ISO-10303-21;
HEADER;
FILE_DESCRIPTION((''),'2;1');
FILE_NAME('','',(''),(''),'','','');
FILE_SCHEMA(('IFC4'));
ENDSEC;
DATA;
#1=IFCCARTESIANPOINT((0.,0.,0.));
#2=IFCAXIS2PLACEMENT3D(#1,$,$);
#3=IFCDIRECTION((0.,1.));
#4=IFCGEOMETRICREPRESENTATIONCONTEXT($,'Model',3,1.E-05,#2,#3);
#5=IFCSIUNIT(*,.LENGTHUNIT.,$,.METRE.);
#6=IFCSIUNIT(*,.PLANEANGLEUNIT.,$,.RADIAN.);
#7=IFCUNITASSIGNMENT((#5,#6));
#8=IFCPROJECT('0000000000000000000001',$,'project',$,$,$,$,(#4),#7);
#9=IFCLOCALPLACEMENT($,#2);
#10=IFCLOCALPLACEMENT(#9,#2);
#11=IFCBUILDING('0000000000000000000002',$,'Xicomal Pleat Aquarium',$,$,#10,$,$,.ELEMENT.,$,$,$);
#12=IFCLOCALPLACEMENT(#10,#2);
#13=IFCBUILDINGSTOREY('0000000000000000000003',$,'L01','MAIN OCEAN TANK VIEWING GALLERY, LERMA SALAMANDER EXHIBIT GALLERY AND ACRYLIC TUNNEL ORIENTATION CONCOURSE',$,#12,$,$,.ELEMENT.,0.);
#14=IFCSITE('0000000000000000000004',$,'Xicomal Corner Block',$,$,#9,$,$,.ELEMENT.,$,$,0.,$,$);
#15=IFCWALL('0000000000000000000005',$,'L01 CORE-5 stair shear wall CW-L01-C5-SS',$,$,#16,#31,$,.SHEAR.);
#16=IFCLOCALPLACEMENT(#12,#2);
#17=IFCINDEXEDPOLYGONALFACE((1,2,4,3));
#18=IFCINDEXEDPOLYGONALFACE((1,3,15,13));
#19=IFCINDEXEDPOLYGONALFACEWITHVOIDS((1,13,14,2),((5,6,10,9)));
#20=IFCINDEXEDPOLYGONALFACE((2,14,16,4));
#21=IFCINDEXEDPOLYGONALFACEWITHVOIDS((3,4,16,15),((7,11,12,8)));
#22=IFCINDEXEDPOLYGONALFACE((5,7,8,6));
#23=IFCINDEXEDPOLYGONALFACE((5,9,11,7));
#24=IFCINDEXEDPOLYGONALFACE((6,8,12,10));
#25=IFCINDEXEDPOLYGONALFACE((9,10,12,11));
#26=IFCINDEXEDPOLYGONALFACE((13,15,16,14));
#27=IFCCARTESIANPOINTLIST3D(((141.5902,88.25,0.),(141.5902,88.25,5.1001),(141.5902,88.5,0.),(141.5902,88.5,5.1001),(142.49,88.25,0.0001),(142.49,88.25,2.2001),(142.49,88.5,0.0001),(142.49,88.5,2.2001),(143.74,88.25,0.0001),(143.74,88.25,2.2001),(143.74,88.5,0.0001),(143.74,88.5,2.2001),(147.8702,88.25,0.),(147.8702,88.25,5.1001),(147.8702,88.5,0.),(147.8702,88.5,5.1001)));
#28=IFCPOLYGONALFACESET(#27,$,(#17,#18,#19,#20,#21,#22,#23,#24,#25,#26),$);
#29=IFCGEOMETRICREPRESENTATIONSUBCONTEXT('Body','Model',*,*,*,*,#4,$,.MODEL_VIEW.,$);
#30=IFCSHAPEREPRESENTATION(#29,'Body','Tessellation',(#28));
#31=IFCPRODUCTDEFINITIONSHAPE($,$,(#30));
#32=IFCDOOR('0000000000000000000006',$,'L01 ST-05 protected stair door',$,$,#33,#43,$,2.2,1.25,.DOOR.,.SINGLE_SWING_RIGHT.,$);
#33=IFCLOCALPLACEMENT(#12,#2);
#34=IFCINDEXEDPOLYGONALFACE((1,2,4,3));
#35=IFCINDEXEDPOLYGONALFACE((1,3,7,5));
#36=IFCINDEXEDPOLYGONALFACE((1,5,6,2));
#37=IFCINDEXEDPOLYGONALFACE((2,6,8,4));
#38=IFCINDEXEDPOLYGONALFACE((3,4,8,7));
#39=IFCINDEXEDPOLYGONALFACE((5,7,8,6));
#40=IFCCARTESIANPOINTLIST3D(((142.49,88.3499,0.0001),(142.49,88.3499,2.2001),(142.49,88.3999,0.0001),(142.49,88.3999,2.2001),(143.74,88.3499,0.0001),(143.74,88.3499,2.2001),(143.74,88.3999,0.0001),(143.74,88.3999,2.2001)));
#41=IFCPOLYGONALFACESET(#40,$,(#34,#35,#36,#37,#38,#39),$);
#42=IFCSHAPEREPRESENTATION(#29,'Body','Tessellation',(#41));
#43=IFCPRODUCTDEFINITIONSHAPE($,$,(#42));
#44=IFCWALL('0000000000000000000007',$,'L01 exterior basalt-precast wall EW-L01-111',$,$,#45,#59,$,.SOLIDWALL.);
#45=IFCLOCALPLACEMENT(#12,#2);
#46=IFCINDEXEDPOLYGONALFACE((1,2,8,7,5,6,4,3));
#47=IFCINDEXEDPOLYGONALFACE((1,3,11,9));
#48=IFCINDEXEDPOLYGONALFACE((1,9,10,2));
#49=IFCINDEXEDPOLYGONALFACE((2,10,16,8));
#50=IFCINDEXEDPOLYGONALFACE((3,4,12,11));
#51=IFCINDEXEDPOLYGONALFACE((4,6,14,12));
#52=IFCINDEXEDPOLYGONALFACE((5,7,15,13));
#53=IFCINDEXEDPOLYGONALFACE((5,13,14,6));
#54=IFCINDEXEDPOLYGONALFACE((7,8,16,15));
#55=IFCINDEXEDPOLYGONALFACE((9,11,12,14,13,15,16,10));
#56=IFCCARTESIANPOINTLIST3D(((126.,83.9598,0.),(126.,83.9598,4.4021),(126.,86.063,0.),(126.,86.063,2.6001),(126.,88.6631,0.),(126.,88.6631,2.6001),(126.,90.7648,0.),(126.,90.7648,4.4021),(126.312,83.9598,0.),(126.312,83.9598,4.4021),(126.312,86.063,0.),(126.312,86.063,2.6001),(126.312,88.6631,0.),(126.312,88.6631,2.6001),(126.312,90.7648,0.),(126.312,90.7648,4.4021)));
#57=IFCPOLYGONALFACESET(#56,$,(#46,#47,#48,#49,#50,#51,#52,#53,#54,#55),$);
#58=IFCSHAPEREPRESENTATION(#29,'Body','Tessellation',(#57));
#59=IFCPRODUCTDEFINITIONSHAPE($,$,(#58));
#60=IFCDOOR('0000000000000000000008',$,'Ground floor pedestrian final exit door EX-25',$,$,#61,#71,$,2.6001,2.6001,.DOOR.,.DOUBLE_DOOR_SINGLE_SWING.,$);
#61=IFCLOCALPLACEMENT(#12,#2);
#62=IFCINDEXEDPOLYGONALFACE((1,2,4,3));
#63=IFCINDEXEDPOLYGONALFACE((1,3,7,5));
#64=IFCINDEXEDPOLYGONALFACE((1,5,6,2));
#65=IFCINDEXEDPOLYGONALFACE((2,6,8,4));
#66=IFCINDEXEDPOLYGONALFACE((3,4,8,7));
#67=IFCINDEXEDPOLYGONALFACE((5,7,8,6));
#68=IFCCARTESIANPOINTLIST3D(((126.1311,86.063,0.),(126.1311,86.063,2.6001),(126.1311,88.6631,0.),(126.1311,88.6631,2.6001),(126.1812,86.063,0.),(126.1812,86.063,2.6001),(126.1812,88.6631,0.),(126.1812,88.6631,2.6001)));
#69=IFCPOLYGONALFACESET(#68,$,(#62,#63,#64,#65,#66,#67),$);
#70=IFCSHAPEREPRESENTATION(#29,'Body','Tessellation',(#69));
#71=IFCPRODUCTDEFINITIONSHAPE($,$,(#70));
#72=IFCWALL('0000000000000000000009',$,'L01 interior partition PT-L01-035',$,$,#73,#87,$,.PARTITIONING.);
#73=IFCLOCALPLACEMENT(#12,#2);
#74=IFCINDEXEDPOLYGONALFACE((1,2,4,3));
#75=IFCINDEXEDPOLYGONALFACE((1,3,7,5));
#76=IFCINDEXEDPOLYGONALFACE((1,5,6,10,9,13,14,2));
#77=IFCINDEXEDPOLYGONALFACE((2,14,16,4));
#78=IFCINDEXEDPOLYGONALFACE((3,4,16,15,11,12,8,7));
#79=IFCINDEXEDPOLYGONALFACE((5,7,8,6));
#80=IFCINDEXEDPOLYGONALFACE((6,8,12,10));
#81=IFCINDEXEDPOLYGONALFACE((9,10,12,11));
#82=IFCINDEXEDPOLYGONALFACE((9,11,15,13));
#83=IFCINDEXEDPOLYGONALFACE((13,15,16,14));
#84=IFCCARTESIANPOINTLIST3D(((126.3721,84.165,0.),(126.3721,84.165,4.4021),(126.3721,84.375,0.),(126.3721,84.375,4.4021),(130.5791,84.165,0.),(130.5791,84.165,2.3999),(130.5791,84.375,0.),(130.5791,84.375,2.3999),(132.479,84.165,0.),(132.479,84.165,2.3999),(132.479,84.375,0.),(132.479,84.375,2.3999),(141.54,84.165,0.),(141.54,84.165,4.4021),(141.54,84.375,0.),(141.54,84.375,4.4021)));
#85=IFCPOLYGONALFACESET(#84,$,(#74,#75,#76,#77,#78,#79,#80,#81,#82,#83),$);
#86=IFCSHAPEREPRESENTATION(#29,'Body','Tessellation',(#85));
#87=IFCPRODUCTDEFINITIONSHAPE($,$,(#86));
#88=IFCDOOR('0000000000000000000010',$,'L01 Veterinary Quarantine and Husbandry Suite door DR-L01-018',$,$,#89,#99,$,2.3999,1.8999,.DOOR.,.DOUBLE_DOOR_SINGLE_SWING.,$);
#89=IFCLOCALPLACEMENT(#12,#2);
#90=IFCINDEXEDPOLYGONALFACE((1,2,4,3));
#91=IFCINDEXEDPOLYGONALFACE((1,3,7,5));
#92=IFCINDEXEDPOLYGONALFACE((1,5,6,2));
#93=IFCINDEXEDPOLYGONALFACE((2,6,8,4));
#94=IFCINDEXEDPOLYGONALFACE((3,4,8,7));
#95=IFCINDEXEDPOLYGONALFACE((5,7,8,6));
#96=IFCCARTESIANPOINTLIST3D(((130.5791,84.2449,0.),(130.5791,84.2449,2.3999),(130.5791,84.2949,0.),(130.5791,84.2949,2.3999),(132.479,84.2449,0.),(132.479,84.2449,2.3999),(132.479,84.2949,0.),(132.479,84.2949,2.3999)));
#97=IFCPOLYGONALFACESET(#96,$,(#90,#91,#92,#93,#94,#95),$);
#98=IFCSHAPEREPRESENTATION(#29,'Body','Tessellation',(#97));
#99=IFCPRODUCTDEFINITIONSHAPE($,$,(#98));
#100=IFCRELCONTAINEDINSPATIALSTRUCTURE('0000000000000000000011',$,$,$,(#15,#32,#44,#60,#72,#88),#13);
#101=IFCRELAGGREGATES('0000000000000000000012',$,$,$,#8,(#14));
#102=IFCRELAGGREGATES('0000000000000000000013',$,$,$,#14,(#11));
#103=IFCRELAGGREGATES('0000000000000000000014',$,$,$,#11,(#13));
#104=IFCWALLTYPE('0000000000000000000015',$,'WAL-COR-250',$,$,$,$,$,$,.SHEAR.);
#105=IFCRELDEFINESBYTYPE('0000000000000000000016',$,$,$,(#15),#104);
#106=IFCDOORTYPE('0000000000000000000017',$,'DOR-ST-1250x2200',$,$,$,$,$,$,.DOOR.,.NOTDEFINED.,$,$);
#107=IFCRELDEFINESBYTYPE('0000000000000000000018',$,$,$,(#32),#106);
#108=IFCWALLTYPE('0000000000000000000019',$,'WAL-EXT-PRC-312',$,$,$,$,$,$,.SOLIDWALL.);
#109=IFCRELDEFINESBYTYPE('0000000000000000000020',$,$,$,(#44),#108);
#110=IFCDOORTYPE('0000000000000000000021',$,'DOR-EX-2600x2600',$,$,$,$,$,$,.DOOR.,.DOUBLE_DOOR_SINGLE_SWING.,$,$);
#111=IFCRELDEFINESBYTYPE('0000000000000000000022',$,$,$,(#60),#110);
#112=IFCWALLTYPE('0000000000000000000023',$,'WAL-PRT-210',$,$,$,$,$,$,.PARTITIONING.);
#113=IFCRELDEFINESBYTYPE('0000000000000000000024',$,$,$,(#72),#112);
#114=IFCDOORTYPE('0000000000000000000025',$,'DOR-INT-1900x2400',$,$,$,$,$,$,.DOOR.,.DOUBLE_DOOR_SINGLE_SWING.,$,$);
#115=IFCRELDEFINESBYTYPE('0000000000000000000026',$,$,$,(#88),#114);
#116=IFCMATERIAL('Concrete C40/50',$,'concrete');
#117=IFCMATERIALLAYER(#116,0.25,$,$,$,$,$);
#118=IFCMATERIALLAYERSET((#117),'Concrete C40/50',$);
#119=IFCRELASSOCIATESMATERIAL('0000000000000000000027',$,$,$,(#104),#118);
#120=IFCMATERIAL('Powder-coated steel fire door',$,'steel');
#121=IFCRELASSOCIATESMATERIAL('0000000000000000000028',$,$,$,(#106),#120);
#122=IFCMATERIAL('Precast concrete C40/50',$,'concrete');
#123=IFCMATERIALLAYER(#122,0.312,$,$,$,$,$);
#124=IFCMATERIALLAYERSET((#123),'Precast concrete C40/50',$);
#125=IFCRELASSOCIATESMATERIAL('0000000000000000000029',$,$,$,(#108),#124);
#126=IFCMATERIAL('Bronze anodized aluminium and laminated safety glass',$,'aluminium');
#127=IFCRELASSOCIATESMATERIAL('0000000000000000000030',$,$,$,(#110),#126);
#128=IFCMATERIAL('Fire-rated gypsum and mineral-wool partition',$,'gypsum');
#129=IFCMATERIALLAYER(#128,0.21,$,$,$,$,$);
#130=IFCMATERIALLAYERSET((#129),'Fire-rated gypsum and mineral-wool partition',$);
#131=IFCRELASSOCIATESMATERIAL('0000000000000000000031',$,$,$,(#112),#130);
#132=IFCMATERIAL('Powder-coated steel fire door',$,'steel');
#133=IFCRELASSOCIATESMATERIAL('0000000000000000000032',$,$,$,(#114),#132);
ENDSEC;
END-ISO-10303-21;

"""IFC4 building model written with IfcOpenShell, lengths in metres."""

from ifc_helpers import new_model, si_unit, direction, frame, frame_2d, origin, place, context, subcontext, project, spatial, rectangle, extrude, material, layer, layer_set, type_object, element, fill, save


model = new_model("IFC4")

# Units and contexts
model_context = context("Model", 3, precision=1e-05, world=origin(), true_north=direction((0.0, 1.0)))
body_context = subcontext(model_context, "Body", "Model", "MODEL_VIEW")
ifc_project = project(units=[si_unit("LENGTHUNIT", "METRE"), si_unit("PLANEANGLEUNIT", "RADIAN")], contexts=[model_context])

# Site, building, storey
site_placement = place(None, origin())
site = spatial("IfcSite", under=ifc_project, at=site_placement, Name="Xicomal Corner Block", CompositionType="ELEMENT", RefElevation=0.0)
building_placement = place(site_placement, origin())
building = spatial("IfcBuilding", under=site, at=building_placement, Name="Xicomal Pleat Aquarium", CompositionType="ELEMENT")
storey_placement = place(building_placement, origin())
storey = spatial("IfcBuildingStorey", under=building, at=storey_placement, Name="L01", Description="MAIN OCEAN TANK VIEWING GALLERY, LERMA SALAMANDER EXHIBIT GALLERY AND ACRYLIC TUNNEL ORIENTATION CONCOURSE", CompositionType="ELEMENT", Elevation=0.0)

# Walls, openings, doors
ifc_material_1 = material(Name="Concrete C40/50", Category="concrete")
ifc_layer_1 = layer(ifc_material_1, 0.25)
ifc_layer_set_1 = layer_set([ifc_layer_1], Name="Concrete C40/50")
wall_type_1 = type_object("IfcWallType", Name="WAL-COR-250", PredefinedType="SHEAR", material=ifc_layer_set_1)
wall_1_placement = place(storey_placement, frame((141.5901, 88.375, 0.0), z_axis=(0.0, 0.0, 1.0), x_axis=(1.0, 0.0, 0.0)))
wall_1 = element("IfcWall", 1, at=wall_1_placement, inside=storey, type_object=wall_type_1, Name="L01 CORE-5 stair shear wall CW-L01-C5-SS", PredefinedType="SHEAR", context=body_context, shape_type="SweptSolid", body=[
    extrude(rectangle(XDim=6.28, YDim=0.25, at=frame_2d((3.1401, 0.0))), origin(), (0.0, 0.0, 1.0), 5.1001),
])
opening_1_placement = place(wall_1_placement, frame((0.8999, 0.0, 0.0)))
opening_1 = element("IfcOpeningElement", 2, at=opening_1_placement, cuts=wall_1, PredefinedType="OPENING", context=body_context, shape_type="SweptSolid", body=[
    extrude(rectangle(XDim=1.25, YDim=2.2, at=frame_2d((0.625, 1.1001))), frame((0.0, 0.135, 0.0), z_axis=(0.0, -1.0, 0.0), x_axis=(1.0, 0.0, 0.0)), (0.0, 0.0, 1.0), 0.27),
])
ifc_material_2 = material(Name="Powder-coated steel fire door", Category="steel")
door_type_1 = type_object("IfcDoorType", Name="DOR-ST-1250x2200", OperationType="NOTDEFINED", PredefinedType="DOOR", material=ifc_material_2)
door_1_placement = place(opening_1_placement, origin())
door_1 = element("IfcDoor", 3, at=door_1_placement, inside=storey, type_object=door_type_1, Name="L01 ST-05 protected stair door", OperationType="SINGLE_SWING_RIGHT", OverallHeight=2.2, OverallWidth=1.25, PredefinedType="DOOR", context=body_context, shape_type="SweptSolid", body=[
    extrude(rectangle(XDim=1.25, YDim=2.2, at=frame_2d((0.625, 1.1001))), frame((0.0, 0.0249, 0.0), z_axis=(0.0, -1.0, 0.0), x_axis=(1.0, 0.0, 0.0)), (0.0, 0.0, 1.0), 0.05),
])
fill(opening_1, door_1)
ifc_material_3 = material(Name="Precast concrete C40/50", Category="concrete")
ifc_layer_2 = layer(ifc_material_3, 0.312)
ifc_layer_set_2 = layer_set([ifc_layer_2], Name="Precast concrete C40/50")
wall_type_2 = type_object("IfcWallType", Name="WAL-EXT-PRC-312", PredefinedType="SOLIDWALL", material=ifc_layer_set_2)
wall_2_placement = place(storey_placement, frame((126.156, 83.96, 0.0), z_axis=(0.0, 0.0, 1.0), x_axis=(0.0, 1.0, 0.0)))
wall_2 = element("IfcWall", 4, at=wall_2_placement, inside=storey, type_object=wall_type_2, Name="L01 exterior basalt-precast wall EW-L01-111", PredefinedType="SOLIDWALL", context=body_context, shape_type="SweptSolid", body=[
    extrude(rectangle(XDim=6.8049, YDim=0.312, at=frame_2d((3.4023, 0.0))), origin(), (0.0, 0.0, 1.0), 4.4021),
])
opening_2_placement = place(wall_2_placement, frame((2.103, 0.0, 0.0)))
opening_2 = element("IfcOpeningElement", 5, at=opening_2_placement, cuts=wall_2, PredefinedType="OPENING", context=body_context, shape_type="SweptSolid", body=[
    extrude(rectangle(XDim=2.6001, YDim=2.6001, at=frame_2d((1.3, 1.3))), frame((0.0, 0.166, 0.0), z_axis=(0.0, -1.0, 0.0), x_axis=(1.0, 0.0, 0.0)), (0.0, 0.0, 1.0), 0.332),
])
ifc_material_4 = material(Name="Bronze anodized aluminium and laminated safety glass", Category="aluminium")
door_type_2 = type_object("IfcDoorType", Name="DOR-EX-2600x2600", OperationType="DOUBLE_DOOR_SINGLE_SWING", PredefinedType="DOOR", material=ifc_material_4)
door_2_placement = place(opening_2_placement, origin())
door_2 = element("IfcDoor", 6, at=door_2_placement, inside=storey, type_object=door_type_2, Name="Ground floor pedestrian final exit door EX-25", OperationType="DOUBLE_DOOR_SINGLE_SWING", OverallHeight=2.6001, OverallWidth=2.6001, PredefinedType="DOOR", context=body_context, shape_type="SweptSolid", body=[
    extrude(rectangle(XDim=2.6001, YDim=2.6001, at=frame_2d((1.3, 1.3))), frame((0.0, 0.0249, 0.0), z_axis=(0.0, -1.0, 0.0), x_axis=(1.0, 0.0, 0.0)), (0.0, 0.0, 1.0), 0.05),
])
fill(opening_2, door_2)
ifc_material_5 = material(Name="Fire-rated gypsum and mineral-wool partition", Category="gypsum")
ifc_layer_3 = layer(ifc_material_5, 0.21)
ifc_layer_set_3 = layer_set([ifc_layer_3], Name="Fire-rated gypsum and mineral-wool partition")
wall_type_3 = type_object("IfcWallType", Name="WAL-PRT-210", PredefinedType="PARTITIONING", material=ifc_layer_set_3)
wall_3_placement = place(storey_placement, frame((126.3721, 84.27, 0.0), z_axis=(0.0, 0.0, 1.0), x_axis=(1.0, 0.0, 0.0)))
wall_3 = element("IfcWall", 7, at=wall_3_placement, inside=storey, type_object=wall_type_3, Name="L01 interior partition PT-L01-035", PredefinedType="PARTITIONING", context=body_context, shape_type="SweptSolid", body=[
    extrude(rectangle(XDim=15.168, YDim=0.21, at=frame_2d((7.584, 0.0))), origin(), (0.0, 0.0, 1.0), 4.4021),
])
opening_3_placement = place(wall_3_placement, frame((4.207, 0.0, 0.0)))
opening_3 = element("IfcOpeningElement", 8, at=opening_3_placement, cuts=wall_3, PredefinedType="OPENING", context=body_context, shape_type="SweptSolid", body=[
    extrude(rectangle(XDim=1.8999, YDim=2.3999, at=frame_2d((0.95, 1.2))), frame((0.0, 0.115, 0.0), z_axis=(0.0, -1.0, 0.0), x_axis=(1.0, 0.0, 0.0)), (0.0, 0.0, 1.0), 0.23),
])
ifc_material_6 = material(Name="Powder-coated steel fire door", Category="steel")
door_type_3 = type_object("IfcDoorType", Name="DOR-INT-1900x2400", OperationType="DOUBLE_DOOR_SINGLE_SWING", PredefinedType="DOOR", material=ifc_material_6)
door_3_placement = place(opening_3_placement, origin())
door_3 = element("IfcDoor", 9, at=door_3_placement, inside=storey, type_object=door_type_3, Name="L01 Veterinary Quarantine and Husbandry Suite door DR-L01-018", OperationType="DOUBLE_DOOR_SINGLE_SWING", OverallHeight=2.3999, OverallWidth=1.8999, PredefinedType="DOOR", context=body_context, shape_type="SweptSolid", body=[
    extrude(rectangle(XDim=1.8999, YDim=2.3999, at=frame_2d((0.95, 1.2))), frame((0.0, 0.0249, 0.0), z_axis=(0.0, -1.0, 0.0), x_axis=(1.0, 0.0, 0.0)), (0.0, 0.0, 1.0), 0.05),
])
fill(opening_3, door_3)

save(model, "model.ifc")
